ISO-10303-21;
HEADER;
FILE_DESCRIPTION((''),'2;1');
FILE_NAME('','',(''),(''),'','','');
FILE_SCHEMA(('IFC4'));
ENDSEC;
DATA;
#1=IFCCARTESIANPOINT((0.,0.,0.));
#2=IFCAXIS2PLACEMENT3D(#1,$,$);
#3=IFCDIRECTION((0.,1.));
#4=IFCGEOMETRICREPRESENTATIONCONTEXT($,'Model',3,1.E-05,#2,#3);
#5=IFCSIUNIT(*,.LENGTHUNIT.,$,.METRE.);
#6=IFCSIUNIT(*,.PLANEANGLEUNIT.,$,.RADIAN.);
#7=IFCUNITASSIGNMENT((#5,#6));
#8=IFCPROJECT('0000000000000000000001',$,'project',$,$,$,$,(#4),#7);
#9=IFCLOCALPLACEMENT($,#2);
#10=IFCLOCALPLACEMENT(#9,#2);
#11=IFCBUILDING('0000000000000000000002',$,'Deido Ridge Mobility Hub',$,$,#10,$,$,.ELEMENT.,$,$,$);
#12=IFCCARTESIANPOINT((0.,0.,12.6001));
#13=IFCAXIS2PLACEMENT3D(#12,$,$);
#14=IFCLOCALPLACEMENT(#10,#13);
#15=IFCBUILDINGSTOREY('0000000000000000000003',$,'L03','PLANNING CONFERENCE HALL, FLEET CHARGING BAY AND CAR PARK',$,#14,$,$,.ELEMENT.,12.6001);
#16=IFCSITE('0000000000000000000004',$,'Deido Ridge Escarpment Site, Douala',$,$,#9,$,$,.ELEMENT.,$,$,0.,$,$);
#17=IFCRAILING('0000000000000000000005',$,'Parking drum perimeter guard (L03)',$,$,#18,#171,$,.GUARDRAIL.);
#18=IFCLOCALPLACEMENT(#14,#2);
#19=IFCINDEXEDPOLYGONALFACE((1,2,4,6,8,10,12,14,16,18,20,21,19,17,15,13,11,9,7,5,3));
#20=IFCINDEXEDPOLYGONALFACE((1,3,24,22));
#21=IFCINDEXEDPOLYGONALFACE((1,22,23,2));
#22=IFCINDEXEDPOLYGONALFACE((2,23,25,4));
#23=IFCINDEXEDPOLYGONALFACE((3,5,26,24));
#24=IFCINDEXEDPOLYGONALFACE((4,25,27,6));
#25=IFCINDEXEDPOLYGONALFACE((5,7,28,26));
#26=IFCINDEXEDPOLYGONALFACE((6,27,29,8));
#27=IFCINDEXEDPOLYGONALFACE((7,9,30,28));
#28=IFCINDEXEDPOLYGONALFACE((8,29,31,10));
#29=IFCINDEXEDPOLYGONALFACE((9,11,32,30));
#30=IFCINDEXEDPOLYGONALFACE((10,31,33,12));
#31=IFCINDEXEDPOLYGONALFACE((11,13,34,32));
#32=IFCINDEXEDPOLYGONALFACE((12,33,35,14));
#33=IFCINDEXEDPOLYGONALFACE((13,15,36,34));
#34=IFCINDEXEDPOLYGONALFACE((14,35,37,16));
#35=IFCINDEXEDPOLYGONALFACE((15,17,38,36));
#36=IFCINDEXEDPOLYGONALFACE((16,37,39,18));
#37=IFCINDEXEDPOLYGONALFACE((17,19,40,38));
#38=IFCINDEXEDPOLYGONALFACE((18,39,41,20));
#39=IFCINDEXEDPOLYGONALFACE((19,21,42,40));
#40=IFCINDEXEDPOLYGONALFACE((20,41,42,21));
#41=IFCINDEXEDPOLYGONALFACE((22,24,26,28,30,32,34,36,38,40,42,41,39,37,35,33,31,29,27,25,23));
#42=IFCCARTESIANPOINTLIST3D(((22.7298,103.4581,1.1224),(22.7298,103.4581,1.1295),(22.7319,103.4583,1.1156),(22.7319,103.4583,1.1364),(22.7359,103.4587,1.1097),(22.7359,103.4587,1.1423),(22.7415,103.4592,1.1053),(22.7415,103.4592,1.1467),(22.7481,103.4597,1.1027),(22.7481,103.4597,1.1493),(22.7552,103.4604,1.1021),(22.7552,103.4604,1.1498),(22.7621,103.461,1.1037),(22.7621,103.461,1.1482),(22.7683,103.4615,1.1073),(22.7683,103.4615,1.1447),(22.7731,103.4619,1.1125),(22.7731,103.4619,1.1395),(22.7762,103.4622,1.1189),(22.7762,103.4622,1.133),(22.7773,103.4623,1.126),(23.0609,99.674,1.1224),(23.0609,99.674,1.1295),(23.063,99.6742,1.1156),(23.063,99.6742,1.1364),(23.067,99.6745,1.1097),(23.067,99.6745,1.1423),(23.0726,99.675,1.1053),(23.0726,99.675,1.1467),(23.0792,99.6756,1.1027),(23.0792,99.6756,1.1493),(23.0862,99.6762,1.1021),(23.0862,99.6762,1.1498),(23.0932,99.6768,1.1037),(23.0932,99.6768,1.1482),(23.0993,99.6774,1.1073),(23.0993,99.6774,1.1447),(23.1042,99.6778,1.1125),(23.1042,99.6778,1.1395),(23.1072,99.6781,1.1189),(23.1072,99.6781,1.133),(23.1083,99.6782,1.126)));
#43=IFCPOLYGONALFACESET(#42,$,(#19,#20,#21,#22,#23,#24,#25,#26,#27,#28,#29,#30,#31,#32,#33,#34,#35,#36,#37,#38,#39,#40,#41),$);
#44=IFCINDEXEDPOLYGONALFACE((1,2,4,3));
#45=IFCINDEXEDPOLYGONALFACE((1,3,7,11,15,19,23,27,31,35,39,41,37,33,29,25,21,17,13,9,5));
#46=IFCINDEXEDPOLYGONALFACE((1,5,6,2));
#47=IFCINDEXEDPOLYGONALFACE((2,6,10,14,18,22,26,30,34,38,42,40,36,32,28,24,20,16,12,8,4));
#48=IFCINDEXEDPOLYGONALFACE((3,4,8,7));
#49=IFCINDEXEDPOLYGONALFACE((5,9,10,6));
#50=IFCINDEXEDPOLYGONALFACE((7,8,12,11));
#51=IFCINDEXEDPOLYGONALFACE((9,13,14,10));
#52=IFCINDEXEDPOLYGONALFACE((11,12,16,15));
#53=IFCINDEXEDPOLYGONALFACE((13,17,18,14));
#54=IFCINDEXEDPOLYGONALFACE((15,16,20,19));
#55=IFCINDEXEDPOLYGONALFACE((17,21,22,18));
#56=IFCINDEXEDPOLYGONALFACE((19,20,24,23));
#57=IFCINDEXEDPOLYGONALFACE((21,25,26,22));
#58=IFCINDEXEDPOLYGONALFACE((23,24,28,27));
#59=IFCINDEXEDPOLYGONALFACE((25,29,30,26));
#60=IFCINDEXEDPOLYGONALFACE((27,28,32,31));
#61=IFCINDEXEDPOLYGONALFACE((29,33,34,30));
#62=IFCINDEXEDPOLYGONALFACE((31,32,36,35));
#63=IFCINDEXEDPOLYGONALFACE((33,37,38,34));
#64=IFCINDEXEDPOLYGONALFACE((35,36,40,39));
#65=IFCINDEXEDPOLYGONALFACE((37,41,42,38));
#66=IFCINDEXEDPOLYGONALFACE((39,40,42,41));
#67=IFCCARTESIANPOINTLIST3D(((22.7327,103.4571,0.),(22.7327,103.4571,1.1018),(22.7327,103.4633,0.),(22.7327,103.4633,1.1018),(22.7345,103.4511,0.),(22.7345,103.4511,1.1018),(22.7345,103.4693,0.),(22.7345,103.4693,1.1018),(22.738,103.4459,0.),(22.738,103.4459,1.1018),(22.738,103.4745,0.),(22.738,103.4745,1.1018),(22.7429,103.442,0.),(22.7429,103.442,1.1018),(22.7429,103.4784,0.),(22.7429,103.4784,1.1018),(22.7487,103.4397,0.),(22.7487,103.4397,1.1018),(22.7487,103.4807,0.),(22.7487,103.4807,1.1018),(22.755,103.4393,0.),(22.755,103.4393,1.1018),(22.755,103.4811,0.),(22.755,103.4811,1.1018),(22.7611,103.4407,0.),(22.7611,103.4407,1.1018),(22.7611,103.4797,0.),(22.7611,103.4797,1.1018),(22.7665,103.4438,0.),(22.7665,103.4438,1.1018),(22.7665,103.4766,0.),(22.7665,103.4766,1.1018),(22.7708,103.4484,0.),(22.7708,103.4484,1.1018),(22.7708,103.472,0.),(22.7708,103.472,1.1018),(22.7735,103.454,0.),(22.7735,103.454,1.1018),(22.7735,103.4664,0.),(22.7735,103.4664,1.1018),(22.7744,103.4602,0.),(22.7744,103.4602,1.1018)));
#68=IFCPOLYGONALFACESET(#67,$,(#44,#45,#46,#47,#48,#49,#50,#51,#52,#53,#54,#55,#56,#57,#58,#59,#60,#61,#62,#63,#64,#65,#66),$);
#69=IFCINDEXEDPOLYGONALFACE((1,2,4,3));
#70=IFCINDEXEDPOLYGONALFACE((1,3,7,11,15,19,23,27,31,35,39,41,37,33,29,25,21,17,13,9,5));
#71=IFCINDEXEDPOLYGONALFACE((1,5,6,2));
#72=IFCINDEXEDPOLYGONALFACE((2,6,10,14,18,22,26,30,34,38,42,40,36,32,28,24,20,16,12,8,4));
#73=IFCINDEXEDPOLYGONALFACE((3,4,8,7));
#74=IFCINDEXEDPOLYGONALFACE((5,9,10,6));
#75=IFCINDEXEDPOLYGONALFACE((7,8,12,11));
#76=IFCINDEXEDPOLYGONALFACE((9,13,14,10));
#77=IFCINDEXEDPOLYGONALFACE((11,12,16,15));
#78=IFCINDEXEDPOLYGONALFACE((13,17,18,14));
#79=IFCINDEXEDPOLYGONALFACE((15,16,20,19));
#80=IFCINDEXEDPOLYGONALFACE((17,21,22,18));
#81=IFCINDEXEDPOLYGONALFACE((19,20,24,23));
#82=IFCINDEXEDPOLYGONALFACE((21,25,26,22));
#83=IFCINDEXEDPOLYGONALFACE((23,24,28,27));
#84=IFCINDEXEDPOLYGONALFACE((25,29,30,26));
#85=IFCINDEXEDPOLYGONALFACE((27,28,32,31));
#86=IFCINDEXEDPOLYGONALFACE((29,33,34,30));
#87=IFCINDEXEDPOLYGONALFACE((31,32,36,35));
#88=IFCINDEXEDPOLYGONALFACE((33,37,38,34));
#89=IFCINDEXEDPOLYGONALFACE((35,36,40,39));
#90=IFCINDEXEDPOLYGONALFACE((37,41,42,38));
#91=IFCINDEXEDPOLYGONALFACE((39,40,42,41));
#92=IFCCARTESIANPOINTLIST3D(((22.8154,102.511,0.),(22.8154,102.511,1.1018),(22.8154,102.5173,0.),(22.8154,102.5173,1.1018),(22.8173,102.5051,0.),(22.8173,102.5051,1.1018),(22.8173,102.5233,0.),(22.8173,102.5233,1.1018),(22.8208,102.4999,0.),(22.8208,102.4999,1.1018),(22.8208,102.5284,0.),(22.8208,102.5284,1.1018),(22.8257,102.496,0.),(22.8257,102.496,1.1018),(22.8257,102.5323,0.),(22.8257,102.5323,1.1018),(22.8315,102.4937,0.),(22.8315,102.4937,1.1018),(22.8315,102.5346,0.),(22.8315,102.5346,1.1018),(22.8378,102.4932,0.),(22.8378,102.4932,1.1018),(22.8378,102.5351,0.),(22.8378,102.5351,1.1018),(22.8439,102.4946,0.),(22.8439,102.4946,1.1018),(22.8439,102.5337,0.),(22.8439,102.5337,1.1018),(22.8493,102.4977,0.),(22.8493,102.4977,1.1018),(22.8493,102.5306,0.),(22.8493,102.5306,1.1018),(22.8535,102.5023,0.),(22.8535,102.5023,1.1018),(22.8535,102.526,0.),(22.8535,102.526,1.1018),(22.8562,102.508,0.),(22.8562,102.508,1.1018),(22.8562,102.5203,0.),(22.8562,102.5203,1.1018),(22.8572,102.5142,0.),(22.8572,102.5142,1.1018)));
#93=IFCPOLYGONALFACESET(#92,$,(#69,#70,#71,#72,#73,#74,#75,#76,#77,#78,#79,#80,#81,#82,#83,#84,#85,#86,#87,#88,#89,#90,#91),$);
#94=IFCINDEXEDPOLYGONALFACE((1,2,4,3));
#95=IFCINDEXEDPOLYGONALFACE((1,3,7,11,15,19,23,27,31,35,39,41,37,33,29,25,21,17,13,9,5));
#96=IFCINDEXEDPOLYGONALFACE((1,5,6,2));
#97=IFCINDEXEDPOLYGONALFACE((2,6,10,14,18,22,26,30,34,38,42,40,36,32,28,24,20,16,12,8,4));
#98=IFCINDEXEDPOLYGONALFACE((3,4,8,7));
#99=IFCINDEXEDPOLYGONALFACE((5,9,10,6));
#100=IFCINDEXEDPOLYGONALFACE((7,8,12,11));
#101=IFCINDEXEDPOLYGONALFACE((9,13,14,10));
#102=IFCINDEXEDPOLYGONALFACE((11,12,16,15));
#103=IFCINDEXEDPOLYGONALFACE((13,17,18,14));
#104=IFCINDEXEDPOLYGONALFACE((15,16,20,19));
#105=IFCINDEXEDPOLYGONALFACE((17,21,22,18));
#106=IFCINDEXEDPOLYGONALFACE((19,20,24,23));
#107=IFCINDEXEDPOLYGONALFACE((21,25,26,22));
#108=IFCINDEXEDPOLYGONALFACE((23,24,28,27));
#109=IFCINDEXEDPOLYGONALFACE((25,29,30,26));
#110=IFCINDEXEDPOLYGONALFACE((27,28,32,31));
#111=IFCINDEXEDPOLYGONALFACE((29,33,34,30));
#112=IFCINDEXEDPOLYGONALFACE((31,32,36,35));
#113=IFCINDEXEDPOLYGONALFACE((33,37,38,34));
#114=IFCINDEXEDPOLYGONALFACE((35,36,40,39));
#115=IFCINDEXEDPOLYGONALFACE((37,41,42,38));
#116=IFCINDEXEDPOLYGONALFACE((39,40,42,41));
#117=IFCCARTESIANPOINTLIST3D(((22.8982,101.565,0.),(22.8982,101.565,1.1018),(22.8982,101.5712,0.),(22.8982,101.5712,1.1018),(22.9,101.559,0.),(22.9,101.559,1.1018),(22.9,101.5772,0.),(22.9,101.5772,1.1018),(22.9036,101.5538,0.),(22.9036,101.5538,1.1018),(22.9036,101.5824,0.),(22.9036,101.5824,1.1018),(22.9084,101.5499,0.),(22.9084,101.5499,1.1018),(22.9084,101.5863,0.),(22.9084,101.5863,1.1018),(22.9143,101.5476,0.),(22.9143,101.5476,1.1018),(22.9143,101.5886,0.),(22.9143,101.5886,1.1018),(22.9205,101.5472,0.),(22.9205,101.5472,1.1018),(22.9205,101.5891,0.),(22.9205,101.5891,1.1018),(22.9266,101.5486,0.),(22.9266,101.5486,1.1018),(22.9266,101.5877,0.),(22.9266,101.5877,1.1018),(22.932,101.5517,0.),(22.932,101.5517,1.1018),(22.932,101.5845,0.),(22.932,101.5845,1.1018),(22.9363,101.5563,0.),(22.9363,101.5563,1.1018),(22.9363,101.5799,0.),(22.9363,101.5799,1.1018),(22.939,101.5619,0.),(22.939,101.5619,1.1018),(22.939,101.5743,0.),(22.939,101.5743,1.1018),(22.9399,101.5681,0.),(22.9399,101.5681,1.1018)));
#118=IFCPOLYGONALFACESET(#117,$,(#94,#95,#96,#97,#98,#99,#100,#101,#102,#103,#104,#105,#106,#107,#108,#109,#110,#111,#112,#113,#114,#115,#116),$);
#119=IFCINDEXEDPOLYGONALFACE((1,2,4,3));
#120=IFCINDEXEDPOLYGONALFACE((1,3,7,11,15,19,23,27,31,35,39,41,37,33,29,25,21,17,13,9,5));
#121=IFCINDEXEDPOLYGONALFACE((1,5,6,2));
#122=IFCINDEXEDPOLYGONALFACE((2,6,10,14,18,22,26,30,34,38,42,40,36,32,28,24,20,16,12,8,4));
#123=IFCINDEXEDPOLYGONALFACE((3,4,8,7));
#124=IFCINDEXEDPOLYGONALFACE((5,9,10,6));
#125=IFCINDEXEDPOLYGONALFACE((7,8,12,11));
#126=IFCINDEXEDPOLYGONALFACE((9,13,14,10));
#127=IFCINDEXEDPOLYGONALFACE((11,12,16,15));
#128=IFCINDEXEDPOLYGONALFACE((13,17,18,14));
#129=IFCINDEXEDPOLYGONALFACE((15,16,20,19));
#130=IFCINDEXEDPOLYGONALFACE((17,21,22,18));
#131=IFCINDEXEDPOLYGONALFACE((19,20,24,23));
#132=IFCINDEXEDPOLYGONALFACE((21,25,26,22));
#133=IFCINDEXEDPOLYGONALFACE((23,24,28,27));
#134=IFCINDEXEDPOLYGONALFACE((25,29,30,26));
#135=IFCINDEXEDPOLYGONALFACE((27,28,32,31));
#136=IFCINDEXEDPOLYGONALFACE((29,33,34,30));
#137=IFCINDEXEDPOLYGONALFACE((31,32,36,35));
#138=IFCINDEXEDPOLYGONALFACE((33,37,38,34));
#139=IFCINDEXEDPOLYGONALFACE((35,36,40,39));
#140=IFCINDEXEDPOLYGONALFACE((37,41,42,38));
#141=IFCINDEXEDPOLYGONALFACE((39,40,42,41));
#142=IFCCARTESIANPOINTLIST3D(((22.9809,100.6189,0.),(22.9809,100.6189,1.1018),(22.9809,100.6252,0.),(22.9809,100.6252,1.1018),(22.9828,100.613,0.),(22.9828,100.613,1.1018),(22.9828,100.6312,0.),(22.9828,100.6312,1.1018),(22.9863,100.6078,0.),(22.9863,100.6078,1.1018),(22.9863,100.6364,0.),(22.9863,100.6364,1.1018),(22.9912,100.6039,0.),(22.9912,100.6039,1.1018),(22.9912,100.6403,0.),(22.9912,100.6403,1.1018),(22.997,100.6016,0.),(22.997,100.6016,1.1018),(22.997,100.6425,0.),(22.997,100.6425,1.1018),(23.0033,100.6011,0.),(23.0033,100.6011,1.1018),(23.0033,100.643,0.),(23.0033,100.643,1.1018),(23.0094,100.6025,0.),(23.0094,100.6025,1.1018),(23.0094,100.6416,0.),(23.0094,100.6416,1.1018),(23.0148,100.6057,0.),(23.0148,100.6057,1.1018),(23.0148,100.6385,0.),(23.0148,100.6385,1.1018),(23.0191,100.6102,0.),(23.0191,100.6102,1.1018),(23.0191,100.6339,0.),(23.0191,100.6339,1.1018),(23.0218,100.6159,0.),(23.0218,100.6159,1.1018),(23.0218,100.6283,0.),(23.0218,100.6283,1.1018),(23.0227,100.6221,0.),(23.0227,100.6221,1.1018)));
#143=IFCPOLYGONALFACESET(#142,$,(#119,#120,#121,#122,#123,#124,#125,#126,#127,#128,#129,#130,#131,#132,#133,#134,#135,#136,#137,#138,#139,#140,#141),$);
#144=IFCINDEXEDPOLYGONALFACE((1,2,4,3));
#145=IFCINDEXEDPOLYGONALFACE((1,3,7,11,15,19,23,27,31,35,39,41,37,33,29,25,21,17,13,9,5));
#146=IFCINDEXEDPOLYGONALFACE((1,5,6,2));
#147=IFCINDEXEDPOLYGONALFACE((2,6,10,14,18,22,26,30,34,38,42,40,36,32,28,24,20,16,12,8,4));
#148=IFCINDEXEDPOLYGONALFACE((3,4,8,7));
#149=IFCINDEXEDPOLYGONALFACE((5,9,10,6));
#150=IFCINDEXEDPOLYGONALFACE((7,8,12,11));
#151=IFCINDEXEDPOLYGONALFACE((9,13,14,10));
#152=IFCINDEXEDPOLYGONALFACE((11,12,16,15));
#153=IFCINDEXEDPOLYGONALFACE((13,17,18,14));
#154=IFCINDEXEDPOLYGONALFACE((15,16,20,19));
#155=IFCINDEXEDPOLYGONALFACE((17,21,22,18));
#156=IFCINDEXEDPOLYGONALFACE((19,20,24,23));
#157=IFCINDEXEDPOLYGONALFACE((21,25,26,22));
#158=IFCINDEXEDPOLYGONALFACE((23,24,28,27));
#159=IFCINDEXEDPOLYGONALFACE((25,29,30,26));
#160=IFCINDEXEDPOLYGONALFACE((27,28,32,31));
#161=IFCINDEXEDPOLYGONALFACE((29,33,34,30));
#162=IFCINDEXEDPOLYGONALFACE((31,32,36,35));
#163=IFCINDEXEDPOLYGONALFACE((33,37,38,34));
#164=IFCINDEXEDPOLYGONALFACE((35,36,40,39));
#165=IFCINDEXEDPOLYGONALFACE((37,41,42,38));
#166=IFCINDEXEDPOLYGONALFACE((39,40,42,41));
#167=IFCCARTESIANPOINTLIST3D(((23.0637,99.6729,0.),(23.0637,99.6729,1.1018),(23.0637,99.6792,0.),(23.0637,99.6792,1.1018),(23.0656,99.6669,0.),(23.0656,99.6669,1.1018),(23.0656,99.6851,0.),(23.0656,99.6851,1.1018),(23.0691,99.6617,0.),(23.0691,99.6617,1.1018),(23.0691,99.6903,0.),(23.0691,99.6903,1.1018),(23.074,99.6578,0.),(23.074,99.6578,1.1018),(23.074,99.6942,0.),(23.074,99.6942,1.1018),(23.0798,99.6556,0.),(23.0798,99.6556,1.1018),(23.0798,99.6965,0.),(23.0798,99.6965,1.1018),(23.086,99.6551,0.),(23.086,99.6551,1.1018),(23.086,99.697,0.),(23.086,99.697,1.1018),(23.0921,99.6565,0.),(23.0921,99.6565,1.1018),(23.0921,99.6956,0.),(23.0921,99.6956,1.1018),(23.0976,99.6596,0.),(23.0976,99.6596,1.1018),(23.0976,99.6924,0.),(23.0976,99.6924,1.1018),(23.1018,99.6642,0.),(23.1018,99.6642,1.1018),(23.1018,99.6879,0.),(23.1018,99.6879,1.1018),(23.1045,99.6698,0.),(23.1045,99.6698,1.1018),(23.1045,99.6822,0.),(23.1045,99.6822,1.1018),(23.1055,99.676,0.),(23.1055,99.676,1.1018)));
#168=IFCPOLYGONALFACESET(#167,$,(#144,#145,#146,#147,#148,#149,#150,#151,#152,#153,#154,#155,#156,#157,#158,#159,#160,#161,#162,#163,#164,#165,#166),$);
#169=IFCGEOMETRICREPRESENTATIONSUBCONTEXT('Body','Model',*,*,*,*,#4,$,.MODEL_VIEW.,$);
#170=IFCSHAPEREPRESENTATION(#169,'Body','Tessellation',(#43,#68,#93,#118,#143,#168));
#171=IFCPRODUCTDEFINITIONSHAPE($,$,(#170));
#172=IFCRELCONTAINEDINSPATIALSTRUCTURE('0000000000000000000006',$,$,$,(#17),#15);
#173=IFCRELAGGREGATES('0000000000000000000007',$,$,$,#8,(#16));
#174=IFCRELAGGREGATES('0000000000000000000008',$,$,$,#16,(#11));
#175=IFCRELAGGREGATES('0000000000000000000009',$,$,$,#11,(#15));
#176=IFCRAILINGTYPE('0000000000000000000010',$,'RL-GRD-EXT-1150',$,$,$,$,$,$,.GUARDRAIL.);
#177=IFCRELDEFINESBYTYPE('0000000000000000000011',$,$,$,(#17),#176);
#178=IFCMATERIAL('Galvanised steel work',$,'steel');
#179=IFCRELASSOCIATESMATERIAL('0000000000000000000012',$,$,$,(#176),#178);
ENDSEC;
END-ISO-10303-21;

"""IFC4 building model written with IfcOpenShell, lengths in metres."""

from ifc_helpers import new_model, si_unit, direction, frame, origin, origin_2d, place, context, subcontext, project, spatial, circle, extrude, material, type_object, element, save


model = new_model("IFC4")

# Units and contexts
model_context = context("Model", 3, precision=1e-05, world=origin(), true_north=direction((0.0, 1.0)))
body_context = subcontext(model_context, "Body", "Model", "MODEL_VIEW")
ifc_project = project(units=[si_unit("LENGTHUNIT", "METRE"), si_unit("PLANEANGLEUNIT", "RADIAN")], contexts=[model_context])

# Site, building, storey
site_placement = place(None, origin())
site = spatial("IfcSite", under=ifc_project, at=site_placement, Name="Deido Ridge Escarpment Site, Douala", CompositionType="ELEMENT", RefElevation=0.0)
building_placement = place(site_placement, origin())
building = spatial("IfcBuilding", under=site, at=building_placement, Name="Deido Ridge Mobility Hub", CompositionType="ELEMENT")
storey_placement = place(building_placement, frame((0.0, 0.0, 12.6001)))
storey = spatial("IfcBuildingStorey", under=building, at=storey_placement, Name="L03", Description="PLANNING CONFERENCE HALL, FLEET CHARGING BAY AND CAR PARK", CompositionType="ELEMENT", Elevation=12.6001)

# Railing
ifc_material_1 = material(Name="Galvanised steel work", Category="steel")
railing_type = type_object("IfcRailingType", Name="RL-GRD-EXT-1150", PredefinedType="GUARDRAIL", material=ifc_material_1)
railing_1_placement = place(storey_placement, frame((22.7534, 103.4602, 0.0)))
element("IfcRailing", 1, at=railing_1_placement, inside=storey, type_object=railing_type, Name="Parking drum perimeter guard (L03)", PredefinedType="GUARDRAIL", context=body_context, shape_type="SweptSolid", body=[
    extrude(circle(Radius=0.0239, at=origin_2d()), frame((0.0, 0.0, 1.126), z_axis=(0.087151, -0.996195, 0.0), x_axis=(0.996195, 0.087151, 0.0)), (0.0, 0.0, 1.0), 3.7986),
    extrude(circle(Radius=0.021, at=origin_2d()), origin(), (0.0, 0.0, 1.0), 1.1018),
    extrude(circle(Radius=0.021, at=origin_2d()), frame((0.0828, -0.946, 0.0)), (0.0, 0.0, 1.0), 1.1018),
    extrude(circle(Radius=0.021, at=origin_2d()), frame((0.1655, -1.8921, 0.0)), (0.0, 0.0, 1.0), 1.1018),
    extrude(circle(Radius=0.021, at=origin_2d()), frame((0.2483, -2.8381, 0.0)), (0.0, 0.0, 1.0), 1.1018),
    extrude(circle(Radius=0.021, at=origin_2d()), frame((0.3311, -3.7842, 0.0)), (0.0, 0.0, 1.0), 1.1018),
])

save(model, "model.ifc")
